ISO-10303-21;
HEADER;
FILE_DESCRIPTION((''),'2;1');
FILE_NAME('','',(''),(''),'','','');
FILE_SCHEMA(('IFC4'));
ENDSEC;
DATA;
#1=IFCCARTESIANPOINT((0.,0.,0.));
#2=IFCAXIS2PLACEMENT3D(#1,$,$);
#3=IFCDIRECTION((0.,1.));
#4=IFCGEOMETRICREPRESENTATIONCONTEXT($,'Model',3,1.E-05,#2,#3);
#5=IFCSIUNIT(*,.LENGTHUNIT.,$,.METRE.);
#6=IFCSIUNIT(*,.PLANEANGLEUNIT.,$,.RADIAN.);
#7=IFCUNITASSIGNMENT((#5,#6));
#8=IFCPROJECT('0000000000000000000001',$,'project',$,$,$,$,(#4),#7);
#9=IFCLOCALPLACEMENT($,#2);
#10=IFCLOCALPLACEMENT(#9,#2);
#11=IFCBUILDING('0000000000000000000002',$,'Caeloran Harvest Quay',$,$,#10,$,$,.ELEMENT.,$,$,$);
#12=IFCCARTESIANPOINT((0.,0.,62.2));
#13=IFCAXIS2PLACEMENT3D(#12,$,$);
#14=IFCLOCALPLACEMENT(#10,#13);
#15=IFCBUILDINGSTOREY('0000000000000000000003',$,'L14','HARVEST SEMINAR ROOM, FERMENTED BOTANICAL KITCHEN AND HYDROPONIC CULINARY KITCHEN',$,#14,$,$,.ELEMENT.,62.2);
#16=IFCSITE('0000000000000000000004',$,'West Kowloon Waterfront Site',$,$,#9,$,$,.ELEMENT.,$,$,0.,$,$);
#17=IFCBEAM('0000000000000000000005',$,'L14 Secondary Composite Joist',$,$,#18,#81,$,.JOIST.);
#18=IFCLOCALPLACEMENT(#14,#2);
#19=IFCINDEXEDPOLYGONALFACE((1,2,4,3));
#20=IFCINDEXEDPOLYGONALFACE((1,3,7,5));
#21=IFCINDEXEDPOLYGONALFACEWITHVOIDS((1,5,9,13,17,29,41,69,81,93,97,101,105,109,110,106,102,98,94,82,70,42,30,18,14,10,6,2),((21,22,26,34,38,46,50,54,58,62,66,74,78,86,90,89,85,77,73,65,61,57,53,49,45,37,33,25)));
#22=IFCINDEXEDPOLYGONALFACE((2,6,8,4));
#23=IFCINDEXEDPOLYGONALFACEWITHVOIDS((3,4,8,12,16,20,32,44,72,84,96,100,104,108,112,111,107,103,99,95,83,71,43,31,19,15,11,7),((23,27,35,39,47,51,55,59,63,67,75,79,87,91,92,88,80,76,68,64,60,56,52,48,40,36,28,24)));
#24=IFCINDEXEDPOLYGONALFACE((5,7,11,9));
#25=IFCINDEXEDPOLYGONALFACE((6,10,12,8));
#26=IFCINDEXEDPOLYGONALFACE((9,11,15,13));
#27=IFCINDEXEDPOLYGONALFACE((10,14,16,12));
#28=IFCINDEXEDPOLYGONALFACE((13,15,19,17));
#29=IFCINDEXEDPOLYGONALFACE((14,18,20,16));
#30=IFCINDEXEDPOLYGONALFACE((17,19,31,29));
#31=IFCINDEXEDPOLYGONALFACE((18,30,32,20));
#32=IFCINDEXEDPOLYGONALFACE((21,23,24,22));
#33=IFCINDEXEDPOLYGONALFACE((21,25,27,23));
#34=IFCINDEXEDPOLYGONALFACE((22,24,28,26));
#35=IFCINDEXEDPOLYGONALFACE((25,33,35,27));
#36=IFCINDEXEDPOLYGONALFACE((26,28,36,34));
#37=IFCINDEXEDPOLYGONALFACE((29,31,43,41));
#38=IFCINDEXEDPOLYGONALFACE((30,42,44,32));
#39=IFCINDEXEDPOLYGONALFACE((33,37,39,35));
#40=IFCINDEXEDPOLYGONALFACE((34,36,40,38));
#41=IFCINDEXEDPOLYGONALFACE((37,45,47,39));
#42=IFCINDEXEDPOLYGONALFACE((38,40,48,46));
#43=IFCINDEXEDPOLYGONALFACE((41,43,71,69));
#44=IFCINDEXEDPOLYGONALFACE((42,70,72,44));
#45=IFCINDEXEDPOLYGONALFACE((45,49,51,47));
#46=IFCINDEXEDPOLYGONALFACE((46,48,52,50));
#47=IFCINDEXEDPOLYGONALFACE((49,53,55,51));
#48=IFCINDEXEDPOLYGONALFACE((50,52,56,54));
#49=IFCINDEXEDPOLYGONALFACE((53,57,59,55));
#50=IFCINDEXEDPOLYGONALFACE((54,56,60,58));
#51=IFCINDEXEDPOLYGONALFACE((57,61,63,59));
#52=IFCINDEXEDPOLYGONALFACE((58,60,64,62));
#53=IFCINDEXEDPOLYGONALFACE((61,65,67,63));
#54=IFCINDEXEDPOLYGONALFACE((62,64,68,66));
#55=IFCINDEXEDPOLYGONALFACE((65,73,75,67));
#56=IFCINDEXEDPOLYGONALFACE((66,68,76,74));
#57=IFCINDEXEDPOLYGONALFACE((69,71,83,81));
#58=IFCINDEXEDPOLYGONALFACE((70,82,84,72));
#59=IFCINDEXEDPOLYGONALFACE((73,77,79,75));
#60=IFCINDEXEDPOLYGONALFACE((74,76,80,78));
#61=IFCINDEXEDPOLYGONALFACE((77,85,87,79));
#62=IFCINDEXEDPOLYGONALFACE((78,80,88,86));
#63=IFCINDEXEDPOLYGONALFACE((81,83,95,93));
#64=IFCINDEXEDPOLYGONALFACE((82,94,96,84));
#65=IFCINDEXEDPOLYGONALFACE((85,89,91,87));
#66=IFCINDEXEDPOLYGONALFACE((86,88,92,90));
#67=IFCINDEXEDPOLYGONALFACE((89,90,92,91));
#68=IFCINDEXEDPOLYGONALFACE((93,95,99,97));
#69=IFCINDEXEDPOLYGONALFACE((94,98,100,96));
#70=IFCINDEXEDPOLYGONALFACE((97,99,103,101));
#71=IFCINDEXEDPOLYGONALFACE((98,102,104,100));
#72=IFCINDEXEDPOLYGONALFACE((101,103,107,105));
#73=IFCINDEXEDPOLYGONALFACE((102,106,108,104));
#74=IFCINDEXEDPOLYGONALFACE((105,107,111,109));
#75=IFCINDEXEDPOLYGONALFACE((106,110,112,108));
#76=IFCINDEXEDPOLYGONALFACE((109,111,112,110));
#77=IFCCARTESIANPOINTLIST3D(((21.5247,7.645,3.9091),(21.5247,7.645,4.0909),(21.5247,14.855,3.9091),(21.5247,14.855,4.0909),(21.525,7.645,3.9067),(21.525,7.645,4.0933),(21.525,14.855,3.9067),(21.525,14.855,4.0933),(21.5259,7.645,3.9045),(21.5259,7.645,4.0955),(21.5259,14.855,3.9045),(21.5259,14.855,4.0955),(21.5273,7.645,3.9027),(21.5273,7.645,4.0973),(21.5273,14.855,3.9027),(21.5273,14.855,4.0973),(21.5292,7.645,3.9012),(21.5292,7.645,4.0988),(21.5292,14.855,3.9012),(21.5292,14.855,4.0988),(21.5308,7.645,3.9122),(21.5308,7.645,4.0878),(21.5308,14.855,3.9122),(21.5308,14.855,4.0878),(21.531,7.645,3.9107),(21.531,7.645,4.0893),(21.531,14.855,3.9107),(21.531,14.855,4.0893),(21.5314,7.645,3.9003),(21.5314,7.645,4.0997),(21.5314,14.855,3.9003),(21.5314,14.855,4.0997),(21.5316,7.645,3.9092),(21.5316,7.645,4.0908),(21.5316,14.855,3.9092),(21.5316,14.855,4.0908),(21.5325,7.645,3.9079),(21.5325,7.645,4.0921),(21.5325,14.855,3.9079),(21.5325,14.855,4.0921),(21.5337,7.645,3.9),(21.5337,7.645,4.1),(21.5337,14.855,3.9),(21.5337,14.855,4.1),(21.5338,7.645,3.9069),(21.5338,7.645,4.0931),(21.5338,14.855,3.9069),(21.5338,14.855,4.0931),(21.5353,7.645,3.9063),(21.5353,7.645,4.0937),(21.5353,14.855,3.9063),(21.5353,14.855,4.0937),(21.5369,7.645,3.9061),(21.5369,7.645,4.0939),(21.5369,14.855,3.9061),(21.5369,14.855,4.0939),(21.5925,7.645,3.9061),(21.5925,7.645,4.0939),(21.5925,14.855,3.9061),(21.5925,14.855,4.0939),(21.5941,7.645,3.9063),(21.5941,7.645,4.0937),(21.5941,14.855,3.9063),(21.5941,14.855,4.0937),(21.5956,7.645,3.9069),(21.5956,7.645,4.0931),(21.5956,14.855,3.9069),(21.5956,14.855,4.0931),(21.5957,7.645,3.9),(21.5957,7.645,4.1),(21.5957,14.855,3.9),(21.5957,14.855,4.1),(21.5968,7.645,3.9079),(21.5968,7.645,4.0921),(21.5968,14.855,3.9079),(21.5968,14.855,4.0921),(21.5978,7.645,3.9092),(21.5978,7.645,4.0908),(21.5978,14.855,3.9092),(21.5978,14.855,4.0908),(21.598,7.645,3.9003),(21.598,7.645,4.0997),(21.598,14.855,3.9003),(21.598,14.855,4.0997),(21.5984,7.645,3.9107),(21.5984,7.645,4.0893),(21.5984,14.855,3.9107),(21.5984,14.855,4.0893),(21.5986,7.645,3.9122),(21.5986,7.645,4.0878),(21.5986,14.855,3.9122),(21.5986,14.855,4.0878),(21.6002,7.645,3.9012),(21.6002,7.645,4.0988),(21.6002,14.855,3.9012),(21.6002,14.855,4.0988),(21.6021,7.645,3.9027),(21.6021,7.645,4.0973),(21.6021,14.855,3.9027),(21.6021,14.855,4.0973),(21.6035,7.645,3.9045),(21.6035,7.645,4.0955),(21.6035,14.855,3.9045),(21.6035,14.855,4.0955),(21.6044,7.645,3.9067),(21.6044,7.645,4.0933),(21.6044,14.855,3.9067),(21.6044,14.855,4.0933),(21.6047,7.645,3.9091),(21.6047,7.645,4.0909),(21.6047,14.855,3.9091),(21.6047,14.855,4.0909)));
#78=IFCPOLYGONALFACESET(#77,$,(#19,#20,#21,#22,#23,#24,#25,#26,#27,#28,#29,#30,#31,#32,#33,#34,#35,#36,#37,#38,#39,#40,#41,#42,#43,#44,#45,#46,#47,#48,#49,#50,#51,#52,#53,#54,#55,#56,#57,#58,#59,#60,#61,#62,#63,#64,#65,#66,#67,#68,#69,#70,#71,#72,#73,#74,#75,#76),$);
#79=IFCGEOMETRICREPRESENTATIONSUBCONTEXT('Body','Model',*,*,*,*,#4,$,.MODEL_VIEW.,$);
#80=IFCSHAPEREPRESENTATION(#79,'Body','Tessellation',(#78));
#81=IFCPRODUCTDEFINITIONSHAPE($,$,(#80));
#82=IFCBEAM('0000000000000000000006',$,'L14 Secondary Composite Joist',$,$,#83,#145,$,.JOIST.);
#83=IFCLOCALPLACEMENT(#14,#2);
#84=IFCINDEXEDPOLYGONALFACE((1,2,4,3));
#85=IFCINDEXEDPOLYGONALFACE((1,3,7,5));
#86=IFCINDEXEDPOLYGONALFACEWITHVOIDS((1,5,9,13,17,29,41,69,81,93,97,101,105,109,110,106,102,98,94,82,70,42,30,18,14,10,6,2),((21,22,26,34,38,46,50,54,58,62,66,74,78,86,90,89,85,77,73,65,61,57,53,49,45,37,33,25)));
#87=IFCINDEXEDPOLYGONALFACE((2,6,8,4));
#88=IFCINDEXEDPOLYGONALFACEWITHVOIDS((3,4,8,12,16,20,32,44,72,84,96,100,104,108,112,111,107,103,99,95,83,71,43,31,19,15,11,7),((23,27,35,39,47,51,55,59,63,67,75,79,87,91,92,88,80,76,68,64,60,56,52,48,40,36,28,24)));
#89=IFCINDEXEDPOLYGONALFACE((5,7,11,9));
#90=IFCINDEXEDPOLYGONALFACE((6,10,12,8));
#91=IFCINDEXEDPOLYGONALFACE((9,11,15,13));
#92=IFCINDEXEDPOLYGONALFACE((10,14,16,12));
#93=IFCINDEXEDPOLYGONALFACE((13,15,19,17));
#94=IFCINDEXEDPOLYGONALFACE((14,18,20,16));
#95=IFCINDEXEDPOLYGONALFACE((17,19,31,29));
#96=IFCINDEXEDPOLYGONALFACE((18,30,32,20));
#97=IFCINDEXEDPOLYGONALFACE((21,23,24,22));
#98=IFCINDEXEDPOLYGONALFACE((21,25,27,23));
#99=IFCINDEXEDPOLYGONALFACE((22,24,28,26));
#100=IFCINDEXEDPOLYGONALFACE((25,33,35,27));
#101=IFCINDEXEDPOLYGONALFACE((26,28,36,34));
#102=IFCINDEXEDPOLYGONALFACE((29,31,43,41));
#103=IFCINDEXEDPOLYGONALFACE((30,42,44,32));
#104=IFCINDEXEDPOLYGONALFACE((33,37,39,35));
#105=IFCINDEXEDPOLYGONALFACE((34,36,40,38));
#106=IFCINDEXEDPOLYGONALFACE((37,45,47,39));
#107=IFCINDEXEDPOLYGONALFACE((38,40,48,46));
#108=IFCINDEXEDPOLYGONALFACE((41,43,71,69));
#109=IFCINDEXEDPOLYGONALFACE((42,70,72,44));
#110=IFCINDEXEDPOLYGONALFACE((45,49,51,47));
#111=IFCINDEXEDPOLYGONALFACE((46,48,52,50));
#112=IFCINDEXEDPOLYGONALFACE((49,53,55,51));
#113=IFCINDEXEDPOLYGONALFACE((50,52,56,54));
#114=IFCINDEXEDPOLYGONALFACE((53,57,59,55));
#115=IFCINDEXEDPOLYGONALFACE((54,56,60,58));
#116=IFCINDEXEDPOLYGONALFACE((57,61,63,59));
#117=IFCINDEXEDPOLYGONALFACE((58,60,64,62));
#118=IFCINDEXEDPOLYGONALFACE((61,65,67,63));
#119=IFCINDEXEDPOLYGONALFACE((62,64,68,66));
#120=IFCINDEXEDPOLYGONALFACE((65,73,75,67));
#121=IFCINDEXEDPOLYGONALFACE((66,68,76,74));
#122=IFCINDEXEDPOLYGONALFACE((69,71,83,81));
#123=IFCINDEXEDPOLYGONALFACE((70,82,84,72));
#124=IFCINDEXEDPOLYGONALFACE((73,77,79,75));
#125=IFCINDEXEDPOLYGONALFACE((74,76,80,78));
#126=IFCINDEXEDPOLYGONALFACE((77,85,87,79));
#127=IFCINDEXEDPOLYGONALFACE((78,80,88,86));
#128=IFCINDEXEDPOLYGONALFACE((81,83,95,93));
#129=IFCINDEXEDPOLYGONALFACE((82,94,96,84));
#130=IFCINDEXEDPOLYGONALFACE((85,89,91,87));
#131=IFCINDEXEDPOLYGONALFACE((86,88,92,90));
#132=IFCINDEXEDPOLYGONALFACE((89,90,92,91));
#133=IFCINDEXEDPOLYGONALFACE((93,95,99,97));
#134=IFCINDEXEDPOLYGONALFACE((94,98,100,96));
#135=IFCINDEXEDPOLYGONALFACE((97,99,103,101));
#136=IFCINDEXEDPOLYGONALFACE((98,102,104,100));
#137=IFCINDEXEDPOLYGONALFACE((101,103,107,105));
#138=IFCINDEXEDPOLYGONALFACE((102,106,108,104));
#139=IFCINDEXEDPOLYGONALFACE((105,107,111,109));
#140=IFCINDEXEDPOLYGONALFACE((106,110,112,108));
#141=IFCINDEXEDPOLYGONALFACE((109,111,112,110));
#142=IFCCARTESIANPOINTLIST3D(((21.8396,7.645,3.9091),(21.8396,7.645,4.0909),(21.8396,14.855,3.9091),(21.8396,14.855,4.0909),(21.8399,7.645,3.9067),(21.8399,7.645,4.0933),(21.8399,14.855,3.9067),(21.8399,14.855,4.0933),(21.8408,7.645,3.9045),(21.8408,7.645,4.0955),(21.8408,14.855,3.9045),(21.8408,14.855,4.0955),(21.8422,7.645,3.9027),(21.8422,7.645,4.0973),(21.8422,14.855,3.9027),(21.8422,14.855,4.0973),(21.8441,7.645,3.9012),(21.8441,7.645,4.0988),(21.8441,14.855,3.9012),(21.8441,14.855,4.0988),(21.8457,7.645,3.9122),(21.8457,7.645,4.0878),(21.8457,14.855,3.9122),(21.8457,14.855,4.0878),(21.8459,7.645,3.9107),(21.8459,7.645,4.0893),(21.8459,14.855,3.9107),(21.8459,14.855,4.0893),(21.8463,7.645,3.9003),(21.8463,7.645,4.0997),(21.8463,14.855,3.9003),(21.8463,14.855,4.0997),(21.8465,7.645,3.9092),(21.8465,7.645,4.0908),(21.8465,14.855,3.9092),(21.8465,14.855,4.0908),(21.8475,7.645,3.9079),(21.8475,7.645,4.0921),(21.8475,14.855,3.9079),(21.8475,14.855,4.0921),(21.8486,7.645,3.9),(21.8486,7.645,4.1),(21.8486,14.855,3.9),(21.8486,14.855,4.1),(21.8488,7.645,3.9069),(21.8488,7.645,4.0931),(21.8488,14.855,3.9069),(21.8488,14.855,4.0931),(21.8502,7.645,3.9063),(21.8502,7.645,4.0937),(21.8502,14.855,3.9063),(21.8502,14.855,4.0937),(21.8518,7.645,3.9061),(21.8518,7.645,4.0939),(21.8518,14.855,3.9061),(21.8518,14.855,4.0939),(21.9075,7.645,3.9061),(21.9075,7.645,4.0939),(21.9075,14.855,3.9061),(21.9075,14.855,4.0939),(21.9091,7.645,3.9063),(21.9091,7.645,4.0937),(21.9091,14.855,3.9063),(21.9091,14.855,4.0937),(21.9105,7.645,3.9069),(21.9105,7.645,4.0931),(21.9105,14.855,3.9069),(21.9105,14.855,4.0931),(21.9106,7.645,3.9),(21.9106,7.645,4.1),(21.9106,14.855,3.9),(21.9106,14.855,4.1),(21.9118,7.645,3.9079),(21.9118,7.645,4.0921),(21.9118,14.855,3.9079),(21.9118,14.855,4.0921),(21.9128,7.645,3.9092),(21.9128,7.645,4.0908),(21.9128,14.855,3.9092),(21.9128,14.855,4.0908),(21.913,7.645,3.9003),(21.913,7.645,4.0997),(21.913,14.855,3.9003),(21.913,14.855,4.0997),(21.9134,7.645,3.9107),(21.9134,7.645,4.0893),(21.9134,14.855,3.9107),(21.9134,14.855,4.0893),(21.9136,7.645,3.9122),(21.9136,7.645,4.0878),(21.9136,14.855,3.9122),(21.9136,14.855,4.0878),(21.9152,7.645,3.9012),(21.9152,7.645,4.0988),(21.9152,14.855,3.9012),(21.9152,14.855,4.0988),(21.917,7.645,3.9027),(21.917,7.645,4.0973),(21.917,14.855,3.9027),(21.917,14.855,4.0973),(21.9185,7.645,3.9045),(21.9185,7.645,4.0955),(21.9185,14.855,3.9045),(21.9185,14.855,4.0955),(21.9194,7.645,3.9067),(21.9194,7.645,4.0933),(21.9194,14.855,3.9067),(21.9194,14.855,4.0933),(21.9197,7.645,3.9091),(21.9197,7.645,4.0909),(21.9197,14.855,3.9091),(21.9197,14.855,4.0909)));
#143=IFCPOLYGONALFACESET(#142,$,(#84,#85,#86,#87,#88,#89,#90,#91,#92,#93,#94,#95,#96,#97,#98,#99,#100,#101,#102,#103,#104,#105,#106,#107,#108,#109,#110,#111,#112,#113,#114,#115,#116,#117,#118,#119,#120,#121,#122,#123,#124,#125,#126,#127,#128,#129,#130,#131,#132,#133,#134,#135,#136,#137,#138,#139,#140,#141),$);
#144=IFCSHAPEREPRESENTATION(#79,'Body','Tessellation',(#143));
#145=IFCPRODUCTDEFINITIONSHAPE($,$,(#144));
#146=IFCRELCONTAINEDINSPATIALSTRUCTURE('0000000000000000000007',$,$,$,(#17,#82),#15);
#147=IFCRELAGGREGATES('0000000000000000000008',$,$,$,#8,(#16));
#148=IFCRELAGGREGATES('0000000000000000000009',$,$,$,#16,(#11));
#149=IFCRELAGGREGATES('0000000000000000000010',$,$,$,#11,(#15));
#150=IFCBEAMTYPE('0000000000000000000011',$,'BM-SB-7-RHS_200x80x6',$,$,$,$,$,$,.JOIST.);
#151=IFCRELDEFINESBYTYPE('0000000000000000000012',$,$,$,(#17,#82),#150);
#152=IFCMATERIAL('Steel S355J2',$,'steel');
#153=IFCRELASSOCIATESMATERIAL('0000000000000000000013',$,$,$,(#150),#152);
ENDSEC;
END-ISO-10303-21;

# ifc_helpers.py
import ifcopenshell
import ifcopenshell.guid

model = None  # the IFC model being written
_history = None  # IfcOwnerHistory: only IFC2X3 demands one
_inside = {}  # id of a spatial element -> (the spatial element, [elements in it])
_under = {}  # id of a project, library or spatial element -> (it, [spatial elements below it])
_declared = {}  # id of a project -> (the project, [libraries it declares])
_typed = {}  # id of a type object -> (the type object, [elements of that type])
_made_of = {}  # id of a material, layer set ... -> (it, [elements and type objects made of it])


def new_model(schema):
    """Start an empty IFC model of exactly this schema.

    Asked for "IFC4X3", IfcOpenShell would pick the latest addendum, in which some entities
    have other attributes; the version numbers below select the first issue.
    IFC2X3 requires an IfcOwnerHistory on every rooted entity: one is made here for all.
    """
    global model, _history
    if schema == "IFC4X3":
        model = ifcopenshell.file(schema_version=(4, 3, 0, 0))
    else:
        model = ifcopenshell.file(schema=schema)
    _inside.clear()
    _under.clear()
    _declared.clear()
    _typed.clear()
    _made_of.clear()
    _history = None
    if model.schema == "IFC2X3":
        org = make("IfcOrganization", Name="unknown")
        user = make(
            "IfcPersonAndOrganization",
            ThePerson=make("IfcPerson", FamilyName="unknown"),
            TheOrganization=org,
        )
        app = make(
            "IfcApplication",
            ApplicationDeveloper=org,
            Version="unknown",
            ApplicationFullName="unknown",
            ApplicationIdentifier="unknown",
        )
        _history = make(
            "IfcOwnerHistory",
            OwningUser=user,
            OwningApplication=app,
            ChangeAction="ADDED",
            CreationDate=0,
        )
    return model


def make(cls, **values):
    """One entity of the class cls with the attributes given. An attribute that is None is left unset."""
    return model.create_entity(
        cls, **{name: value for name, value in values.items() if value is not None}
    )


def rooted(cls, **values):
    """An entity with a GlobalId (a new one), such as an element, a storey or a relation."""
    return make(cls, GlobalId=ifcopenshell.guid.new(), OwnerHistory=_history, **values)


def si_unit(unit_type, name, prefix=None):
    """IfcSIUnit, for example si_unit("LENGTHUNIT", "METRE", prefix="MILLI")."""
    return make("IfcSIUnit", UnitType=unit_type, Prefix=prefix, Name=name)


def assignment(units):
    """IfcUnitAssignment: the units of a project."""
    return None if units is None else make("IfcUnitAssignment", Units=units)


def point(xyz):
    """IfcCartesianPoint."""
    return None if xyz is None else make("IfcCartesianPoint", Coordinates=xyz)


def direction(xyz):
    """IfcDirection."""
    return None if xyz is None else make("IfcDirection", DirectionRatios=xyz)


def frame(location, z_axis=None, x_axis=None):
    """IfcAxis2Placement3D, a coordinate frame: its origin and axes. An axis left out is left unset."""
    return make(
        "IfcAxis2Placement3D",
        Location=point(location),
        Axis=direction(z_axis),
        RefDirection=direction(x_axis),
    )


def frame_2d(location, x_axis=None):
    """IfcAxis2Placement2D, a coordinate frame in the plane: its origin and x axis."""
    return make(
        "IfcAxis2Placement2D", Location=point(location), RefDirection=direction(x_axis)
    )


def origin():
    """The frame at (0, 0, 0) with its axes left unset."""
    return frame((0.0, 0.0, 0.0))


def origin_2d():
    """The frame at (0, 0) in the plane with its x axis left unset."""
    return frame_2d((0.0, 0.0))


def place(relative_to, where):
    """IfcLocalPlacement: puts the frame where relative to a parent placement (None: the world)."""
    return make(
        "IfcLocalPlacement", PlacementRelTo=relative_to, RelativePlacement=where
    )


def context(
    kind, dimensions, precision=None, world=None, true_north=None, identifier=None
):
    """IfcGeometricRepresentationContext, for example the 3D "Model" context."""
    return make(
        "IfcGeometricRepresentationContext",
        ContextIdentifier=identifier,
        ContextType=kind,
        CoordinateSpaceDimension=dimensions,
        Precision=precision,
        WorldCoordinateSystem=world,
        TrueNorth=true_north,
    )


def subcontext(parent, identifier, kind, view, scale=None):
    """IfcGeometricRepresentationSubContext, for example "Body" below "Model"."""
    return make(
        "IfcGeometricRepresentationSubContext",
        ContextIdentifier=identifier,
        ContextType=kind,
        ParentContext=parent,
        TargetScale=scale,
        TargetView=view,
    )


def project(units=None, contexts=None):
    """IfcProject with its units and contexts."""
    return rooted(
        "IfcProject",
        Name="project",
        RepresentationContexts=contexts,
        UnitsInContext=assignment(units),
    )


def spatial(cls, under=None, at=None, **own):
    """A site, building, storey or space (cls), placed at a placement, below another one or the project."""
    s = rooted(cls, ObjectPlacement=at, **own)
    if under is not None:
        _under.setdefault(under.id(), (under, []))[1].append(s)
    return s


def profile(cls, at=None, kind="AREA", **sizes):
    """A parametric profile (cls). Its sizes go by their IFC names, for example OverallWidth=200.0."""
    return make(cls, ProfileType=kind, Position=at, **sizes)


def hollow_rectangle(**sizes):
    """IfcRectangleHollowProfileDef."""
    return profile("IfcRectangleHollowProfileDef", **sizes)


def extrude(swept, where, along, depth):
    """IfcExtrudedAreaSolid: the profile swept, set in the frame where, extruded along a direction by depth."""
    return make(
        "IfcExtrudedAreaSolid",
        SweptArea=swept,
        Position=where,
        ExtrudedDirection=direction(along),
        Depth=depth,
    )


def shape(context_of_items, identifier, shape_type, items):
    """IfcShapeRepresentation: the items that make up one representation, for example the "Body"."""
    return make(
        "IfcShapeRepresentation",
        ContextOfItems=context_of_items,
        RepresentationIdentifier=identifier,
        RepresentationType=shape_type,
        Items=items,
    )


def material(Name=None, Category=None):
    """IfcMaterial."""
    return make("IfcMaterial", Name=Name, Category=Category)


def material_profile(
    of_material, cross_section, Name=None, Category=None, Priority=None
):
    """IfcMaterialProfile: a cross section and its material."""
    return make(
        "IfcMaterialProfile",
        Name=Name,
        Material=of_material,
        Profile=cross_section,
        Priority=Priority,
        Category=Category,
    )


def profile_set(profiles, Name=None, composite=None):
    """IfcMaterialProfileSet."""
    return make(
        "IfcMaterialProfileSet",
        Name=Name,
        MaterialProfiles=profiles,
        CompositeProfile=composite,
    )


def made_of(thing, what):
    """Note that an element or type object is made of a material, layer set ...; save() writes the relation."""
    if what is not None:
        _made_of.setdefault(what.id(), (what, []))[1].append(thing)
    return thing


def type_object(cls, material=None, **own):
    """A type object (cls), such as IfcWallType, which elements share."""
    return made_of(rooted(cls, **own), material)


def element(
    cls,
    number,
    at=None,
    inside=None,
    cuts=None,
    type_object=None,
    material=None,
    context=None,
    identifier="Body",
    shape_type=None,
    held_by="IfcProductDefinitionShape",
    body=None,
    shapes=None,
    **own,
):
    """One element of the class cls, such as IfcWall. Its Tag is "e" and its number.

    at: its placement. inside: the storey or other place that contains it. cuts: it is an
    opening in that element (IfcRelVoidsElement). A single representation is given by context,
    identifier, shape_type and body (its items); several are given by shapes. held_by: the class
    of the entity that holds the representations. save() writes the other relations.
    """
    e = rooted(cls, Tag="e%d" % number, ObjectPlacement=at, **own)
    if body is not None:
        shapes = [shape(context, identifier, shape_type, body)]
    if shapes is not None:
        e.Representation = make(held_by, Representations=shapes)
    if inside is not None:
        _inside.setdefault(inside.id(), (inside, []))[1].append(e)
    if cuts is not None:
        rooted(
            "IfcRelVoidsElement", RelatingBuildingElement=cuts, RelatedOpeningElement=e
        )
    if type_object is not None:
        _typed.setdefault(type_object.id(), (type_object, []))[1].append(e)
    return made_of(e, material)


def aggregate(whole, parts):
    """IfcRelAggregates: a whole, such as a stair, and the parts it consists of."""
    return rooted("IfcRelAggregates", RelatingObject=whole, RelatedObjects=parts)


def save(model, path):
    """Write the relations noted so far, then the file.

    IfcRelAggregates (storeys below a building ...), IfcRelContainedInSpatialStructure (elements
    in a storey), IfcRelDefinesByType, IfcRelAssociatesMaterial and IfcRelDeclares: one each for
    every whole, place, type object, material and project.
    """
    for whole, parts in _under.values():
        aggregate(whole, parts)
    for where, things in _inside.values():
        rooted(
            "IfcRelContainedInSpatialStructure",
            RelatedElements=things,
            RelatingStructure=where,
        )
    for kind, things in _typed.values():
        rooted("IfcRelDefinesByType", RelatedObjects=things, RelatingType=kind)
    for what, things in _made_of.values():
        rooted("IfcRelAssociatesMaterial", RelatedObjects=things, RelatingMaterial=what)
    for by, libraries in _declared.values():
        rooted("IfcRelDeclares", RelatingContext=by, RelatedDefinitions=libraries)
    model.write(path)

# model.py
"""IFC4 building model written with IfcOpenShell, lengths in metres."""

from ifc_helpers import new_model, si_unit, direction, frame, origin, origin_2d, place, context, subcontext, project, spatial, hollow_rectangle, extrude, material, material_profile, profile_set, type_object, element, save


model = new_model("IFC4")

# Units and contexts
model_context = context("Model", 3, precision=1e-05, world=origin(), true_north=direction((0.0, 1.0)))
body_context = subcontext(model_context, "Body", "Model", "MODEL_VIEW")
ifc_project = project(units=[si_unit("LENGTHUNIT", "METRE"), si_unit("PLANEANGLEUNIT", "RADIAN")], contexts=[model_context])

# Site, building, storey
site_placement = place(None, origin())
site = spatial("IfcSite", under=ifc_project, at=site_placement, Name="West Kowloon Waterfront Site", CompositionType="ELEMENT", RefElevation=0.0)
building_placement = place(site_placement, origin())
building = spatial("IfcBuilding", under=site, at=building_placement, Name="Caeloran Harvest Quay", CompositionType="ELEMENT")
storey_placement = place(building_placement, frame((0.0, 0.0, 62.2)))
storey = spatial("IfcBuildingStorey", under=building, at=storey_placement, Name="L14", Description="HARVEST SEMINAR ROOM, FERMENTED BOTANICAL KITCHEN AND HYDROPONIC CULINARY KITCHEN", CompositionType="ELEMENT", Elevation=62.2)

# Beams
ifc_material = material(Name="Steel S355J2", Category="steel")
ifc_material_profile_1 = material_profile(ifc_material, hollow_rectangle(XDim=0.0801, YDim=0.2, WallThickness=0.0061, InnerFilletRadius=0.0061, OuterFilletRadius=0.009, at=origin_2d()), Name="RHS 200x80x6")
ifc_profile_set_1 = profile_set([ifc_material_profile_1], Name="Steel S355J2")
beam_type_1 = type_object("IfcBeamType", Name="BM-SB-7-RHS_200x80x6", PredefinedType="JOIST", material=ifc_profile_set_1)
for number, where, z_axis, x_axis, name in (
    (1, (21.5647, 7.645, 4.0), (0.0, 1.0, 0.0), (-1.0, 0.0, 0.0), "L14 Secondary Composite Joist"),
    (2, (21.8796, 7.645, 4.0), (0.0, 1.0, 0.0), (-1.0, 0.0, 0.0), "L14 Secondary Composite Joist"),
):
    element("IfcBeam", number, at=place(storey_placement, frame(where, z_axis=z_axis, x_axis=x_axis)), inside=storey, type_object=beam_type_1, Name=name, PredefinedType="JOIST", context=body_context, shape_type="SweptSolid", body=[
        extrude(hollow_rectangle(XDim=0.0801, YDim=0.2, WallThickness=0.0061, InnerFilletRadius=0.0061, OuterFilletRadius=0.009, at=origin_2d()), origin(), (0.0, 0.0, 1.0), 7.21),
    ])

save(model, "model.ifc")
